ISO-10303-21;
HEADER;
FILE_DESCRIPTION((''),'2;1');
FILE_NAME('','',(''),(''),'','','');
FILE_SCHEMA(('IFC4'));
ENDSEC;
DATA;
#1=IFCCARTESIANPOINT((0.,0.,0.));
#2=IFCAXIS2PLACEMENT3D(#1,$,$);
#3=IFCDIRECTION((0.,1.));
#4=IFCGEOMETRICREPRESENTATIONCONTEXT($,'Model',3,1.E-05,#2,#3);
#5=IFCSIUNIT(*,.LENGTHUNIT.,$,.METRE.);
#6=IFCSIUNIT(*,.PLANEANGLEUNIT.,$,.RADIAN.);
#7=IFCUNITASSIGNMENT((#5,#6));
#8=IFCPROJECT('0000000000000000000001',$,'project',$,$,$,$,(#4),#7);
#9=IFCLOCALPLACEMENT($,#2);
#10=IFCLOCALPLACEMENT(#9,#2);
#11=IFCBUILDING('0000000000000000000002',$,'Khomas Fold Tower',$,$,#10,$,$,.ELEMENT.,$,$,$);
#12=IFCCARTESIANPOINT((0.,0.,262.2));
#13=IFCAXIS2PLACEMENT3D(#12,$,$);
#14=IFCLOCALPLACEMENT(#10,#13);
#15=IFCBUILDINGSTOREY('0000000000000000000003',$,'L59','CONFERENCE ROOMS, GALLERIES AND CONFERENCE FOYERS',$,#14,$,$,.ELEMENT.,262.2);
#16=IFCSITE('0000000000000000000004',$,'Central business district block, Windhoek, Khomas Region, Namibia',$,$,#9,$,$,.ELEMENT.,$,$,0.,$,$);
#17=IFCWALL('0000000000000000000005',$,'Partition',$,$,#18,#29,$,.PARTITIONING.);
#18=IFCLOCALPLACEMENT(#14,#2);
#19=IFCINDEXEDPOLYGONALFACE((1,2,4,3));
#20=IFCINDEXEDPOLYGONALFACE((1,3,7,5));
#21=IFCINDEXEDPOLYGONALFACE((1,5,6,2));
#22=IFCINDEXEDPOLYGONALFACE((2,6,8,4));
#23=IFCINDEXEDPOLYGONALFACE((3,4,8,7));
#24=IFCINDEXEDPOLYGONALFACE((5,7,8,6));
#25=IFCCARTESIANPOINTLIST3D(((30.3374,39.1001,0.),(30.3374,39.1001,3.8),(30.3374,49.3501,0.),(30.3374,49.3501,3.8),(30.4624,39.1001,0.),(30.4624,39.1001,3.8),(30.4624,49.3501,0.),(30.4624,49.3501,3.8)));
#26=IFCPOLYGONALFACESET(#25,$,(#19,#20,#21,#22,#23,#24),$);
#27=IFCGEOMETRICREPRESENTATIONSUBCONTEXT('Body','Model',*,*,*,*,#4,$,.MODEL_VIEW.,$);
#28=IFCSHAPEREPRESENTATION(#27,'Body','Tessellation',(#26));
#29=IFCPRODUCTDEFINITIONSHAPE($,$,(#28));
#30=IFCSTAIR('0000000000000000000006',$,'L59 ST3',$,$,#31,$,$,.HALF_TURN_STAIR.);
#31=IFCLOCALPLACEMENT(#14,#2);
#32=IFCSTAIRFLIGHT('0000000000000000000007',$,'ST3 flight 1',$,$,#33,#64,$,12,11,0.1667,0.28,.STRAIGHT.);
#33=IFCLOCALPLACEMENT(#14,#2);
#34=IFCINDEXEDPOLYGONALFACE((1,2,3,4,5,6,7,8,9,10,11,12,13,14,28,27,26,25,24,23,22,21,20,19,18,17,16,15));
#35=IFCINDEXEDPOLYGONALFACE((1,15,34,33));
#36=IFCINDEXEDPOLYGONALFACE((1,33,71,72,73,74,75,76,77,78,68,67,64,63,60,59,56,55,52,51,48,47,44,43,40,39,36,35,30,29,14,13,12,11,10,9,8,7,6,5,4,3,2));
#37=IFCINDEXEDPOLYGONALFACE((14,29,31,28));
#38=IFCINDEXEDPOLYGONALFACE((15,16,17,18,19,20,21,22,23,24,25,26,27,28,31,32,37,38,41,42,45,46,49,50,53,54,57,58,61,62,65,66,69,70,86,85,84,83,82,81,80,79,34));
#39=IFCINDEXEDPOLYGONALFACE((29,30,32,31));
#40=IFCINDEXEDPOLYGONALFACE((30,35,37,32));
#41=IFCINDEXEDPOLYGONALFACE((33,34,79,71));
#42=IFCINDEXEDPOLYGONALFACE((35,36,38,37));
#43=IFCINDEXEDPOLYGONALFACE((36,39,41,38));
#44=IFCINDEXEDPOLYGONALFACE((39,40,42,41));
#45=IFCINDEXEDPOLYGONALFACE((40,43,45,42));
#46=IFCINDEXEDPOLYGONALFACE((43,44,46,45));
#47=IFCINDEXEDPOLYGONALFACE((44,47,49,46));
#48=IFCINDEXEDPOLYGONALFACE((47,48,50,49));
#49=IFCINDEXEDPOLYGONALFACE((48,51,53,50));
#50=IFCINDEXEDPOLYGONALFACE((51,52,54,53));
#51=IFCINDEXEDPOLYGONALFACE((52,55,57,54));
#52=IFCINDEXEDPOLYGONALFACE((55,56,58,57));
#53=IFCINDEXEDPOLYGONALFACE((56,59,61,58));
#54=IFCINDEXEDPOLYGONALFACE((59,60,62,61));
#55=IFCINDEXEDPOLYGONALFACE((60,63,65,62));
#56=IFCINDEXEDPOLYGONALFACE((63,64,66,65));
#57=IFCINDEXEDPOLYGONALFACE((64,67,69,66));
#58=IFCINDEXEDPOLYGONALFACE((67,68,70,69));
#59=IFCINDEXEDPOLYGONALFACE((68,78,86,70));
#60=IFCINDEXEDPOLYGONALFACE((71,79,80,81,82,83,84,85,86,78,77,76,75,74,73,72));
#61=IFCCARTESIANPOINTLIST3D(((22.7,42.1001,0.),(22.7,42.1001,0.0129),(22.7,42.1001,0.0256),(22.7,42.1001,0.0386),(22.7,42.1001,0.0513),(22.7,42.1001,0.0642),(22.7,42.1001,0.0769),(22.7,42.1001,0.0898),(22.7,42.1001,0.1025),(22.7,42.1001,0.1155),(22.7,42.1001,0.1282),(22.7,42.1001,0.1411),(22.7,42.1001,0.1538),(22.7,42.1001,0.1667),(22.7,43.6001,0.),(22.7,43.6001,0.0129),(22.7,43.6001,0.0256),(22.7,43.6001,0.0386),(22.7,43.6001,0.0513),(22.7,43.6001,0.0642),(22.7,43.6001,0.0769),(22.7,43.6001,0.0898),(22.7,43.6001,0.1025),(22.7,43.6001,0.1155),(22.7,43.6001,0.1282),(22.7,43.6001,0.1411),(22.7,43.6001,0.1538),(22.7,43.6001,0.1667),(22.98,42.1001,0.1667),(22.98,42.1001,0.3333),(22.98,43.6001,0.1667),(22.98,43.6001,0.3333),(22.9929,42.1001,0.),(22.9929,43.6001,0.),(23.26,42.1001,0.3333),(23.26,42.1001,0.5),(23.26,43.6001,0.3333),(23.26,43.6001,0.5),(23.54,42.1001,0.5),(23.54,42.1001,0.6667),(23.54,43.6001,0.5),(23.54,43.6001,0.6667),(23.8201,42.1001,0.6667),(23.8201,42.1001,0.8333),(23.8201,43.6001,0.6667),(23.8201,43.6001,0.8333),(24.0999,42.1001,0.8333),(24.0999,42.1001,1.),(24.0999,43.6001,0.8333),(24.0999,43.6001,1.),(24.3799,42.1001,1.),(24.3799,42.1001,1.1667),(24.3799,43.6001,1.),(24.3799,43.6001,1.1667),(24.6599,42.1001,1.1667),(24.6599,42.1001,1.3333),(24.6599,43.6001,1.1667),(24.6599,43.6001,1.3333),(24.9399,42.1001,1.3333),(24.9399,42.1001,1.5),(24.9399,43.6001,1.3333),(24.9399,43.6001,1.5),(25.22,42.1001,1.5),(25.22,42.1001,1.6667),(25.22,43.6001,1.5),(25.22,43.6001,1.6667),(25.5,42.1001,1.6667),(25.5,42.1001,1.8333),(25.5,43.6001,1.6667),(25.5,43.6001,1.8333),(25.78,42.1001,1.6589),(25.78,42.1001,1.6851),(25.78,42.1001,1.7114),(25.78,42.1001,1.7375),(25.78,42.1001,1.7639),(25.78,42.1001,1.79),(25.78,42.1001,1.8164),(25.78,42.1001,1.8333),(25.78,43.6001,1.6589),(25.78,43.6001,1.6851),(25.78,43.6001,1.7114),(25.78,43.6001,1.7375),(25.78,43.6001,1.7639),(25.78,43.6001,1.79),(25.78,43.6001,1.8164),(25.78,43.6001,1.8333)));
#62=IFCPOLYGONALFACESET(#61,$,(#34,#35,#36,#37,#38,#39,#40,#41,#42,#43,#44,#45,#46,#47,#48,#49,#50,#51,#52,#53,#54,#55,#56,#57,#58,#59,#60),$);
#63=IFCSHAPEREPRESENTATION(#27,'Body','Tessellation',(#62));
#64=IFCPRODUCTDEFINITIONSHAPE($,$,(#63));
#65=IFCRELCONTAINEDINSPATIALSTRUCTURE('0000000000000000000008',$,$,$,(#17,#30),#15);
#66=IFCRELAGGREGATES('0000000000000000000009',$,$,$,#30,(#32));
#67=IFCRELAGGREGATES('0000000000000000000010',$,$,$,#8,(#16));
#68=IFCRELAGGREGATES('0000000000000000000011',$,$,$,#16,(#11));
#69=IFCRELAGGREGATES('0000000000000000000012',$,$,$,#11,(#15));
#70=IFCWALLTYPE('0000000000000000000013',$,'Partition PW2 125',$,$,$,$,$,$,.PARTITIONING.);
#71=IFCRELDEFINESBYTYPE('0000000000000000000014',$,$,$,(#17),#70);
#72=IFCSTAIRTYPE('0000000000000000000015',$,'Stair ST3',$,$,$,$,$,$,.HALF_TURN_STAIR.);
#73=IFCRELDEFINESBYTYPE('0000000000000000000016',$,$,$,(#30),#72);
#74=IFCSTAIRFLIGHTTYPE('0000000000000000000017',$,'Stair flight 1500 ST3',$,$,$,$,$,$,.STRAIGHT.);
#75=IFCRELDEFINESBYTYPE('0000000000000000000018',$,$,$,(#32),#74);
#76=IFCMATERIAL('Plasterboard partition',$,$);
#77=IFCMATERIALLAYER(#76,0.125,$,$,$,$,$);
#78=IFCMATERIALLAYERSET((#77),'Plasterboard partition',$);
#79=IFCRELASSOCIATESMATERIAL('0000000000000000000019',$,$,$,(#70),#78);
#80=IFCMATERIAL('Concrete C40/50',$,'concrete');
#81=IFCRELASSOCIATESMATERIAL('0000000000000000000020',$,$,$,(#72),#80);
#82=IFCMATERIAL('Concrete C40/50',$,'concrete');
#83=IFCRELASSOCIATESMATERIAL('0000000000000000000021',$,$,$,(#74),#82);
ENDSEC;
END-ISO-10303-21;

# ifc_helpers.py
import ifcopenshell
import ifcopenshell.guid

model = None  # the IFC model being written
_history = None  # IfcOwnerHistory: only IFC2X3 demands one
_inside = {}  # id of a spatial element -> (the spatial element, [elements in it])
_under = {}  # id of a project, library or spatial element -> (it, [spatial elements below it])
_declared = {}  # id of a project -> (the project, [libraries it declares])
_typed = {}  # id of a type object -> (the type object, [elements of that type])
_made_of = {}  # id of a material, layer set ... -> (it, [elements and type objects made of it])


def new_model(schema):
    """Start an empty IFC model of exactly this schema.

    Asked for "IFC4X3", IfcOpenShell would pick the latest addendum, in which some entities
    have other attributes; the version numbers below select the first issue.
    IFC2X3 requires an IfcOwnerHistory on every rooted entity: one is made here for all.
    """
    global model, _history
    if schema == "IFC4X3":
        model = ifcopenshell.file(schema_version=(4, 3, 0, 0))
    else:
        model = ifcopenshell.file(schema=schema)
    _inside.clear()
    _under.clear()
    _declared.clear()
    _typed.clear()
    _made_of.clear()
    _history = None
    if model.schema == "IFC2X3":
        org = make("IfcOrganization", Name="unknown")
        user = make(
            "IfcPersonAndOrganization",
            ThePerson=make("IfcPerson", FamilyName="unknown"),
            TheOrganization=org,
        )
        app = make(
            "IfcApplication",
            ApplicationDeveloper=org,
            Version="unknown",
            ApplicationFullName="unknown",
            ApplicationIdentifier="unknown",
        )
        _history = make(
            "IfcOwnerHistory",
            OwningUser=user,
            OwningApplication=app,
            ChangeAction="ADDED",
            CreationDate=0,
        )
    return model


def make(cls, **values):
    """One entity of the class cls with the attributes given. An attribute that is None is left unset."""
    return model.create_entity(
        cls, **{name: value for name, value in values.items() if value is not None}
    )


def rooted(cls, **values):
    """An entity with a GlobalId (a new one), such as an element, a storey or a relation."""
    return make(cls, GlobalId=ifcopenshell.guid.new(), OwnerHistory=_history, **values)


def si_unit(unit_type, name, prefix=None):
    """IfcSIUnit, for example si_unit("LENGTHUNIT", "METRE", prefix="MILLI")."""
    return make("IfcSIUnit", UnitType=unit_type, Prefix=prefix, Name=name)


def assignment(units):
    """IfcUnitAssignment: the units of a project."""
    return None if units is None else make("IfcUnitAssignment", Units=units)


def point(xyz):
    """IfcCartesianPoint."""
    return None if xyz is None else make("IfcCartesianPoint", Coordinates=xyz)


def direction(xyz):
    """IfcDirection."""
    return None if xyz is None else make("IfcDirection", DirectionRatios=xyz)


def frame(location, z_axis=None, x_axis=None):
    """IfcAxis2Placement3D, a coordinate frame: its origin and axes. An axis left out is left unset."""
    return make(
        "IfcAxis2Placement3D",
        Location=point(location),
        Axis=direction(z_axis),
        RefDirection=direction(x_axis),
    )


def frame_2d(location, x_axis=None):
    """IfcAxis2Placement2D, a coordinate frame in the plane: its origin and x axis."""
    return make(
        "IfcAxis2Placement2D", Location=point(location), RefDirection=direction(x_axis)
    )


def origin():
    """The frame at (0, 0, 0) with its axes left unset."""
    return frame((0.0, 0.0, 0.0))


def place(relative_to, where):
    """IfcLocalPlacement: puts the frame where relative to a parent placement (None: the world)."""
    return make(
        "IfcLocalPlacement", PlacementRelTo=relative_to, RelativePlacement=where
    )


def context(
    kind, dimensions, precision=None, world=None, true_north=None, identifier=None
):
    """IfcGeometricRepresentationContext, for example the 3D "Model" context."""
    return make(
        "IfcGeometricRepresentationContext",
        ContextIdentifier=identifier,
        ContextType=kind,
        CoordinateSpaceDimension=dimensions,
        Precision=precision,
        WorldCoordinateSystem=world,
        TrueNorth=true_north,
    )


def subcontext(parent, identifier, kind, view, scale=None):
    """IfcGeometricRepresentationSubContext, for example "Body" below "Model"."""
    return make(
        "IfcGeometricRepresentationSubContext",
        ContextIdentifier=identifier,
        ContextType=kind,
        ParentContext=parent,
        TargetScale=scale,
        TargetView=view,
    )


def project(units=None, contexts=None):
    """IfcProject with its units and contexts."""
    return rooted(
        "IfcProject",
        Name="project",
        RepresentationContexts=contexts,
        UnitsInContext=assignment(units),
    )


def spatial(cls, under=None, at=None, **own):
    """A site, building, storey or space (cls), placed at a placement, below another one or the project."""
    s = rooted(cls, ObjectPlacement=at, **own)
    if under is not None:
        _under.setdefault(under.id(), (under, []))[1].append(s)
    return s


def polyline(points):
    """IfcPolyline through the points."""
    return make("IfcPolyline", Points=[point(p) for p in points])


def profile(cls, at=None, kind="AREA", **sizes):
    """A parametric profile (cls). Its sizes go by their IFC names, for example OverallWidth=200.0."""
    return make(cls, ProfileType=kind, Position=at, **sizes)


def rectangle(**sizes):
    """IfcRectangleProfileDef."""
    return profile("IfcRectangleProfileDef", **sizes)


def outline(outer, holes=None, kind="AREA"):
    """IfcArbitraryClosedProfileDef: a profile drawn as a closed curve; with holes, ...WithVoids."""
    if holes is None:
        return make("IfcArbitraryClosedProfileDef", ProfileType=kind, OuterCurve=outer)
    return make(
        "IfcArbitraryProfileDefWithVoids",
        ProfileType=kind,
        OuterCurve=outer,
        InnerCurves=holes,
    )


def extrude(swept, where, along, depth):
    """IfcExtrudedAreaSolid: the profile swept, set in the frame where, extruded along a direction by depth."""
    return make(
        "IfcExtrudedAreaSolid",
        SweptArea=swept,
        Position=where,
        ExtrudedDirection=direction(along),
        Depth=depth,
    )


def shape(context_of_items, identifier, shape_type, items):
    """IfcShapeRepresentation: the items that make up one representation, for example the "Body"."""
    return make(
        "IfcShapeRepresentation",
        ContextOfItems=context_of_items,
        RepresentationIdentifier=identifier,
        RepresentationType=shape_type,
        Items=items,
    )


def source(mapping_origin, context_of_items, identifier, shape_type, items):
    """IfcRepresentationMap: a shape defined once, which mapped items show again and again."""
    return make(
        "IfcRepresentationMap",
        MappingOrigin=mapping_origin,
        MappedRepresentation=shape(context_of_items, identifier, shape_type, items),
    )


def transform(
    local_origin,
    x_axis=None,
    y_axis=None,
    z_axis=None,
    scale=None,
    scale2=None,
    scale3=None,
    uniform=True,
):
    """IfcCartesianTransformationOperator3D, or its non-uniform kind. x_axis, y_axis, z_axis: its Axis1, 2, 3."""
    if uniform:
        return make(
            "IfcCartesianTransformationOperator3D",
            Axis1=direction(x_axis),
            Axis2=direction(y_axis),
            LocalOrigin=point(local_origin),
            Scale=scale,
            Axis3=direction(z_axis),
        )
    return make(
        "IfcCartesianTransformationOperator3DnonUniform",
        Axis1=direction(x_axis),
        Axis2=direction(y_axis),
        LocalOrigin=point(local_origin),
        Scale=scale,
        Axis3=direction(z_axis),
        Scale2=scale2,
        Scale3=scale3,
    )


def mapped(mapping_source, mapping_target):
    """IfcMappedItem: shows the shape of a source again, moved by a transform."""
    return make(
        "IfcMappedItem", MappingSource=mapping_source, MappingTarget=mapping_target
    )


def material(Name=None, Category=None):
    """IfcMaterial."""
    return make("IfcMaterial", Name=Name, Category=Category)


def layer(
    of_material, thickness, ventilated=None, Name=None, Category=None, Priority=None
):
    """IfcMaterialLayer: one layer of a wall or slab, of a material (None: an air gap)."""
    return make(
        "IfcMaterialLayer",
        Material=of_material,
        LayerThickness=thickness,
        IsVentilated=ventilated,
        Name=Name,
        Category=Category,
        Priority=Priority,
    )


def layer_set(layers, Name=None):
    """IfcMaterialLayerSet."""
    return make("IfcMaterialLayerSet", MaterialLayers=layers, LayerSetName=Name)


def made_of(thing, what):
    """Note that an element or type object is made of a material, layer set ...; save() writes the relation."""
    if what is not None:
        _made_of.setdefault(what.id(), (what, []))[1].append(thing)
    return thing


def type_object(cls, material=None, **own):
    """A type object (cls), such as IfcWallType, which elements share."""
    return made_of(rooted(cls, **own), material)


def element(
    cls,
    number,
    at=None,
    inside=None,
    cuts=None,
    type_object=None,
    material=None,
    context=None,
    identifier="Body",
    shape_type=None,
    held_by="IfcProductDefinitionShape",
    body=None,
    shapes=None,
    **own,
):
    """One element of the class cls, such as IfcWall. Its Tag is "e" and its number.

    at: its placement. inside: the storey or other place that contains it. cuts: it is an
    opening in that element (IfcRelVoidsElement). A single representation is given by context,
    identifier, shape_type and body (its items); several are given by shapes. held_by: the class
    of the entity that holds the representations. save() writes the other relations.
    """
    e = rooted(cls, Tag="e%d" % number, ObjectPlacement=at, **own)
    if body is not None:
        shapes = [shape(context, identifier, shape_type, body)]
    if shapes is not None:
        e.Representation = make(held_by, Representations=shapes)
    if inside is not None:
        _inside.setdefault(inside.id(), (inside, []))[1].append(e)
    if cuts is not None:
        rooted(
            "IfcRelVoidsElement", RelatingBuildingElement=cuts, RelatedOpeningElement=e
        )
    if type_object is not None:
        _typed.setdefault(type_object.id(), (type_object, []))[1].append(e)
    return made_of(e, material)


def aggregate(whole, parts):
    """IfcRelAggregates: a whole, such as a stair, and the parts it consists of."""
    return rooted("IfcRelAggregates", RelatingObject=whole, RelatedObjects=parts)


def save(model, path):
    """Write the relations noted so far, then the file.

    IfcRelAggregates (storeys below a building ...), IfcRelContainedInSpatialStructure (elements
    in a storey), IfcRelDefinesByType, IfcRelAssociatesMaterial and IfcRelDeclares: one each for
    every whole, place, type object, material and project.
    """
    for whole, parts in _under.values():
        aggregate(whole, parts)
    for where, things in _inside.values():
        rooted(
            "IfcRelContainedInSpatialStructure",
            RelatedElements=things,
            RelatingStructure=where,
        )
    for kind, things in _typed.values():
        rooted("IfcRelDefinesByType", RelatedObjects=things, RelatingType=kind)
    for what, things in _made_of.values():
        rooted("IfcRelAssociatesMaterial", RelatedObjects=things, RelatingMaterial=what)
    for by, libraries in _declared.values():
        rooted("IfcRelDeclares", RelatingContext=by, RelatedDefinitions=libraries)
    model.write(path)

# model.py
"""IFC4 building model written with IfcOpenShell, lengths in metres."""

from ifc_helpers import new_model, si_unit, direction, frame, frame_2d, origin, place, context, subcontext, project, spatial, polyline, rectangle, outline, extrude, source, transform, mapped, material, layer, layer_set, type_object, element, aggregate, save


model = new_model("IFC4")

# Units and contexts
model_context = context("Model", 3, precision=1e-05, world=origin(), true_north=direction((0.0, 1.0)))
body_context = subcontext(model_context, "Body", "Model", "MODEL_VIEW")
ifc_project = project(units=[si_unit("LENGTHUNIT", "METRE"), si_unit("PLANEANGLEUNIT", "RADIAN")], contexts=[model_context])

# Site, building, storey
site_placement = place(None, origin())
site = spatial("IfcSite", under=ifc_project, at=site_placement, Name="Central business district block, Windhoek, Khomas Region, Namibia", CompositionType="ELEMENT", RefElevation=0.0)
building_placement = place(site_placement, origin())
building = spatial("IfcBuilding", under=site, at=building_placement, Name="Khomas Fold Tower", CompositionType="ELEMENT")
storey_placement = place(building_placement, frame((0.0, 0.0, 262.2)))
storey = spatial("IfcBuildingStorey", under=building, at=storey_placement, Name="L59", Description="CONFERENCE ROOMS, GALLERIES AND CONFERENCE FOYERS", CompositionType="ELEMENT", Elevation=262.2)

# Shared definitions
ifc_material_1 = material(Name="Plasterboard partition")
ifc_layer_1 = layer(ifc_material_1, 0.125)
ifc_layer_set_1 = layer_set([ifc_layer_1], Name="Plasterboard partition")
wall_type_1 = type_object("IfcWallType", Name="Partition PW2 125", PredefinedType="PARTITIONING", material=ifc_layer_set_1)

# Wall
shared_shape_1 = source(origin(), body_context, "Body", "SweptSolid", [
    extrude(rectangle(XDim=10.25, YDim=0.125, at=frame_2d((5.125, 0.0))), origin(), (0.0, 0.0, 1.0), 3.8),
])
wall_1_placement = place(storey_placement, frame((30.3999, 39.1001, 0.0), z_axis=(0.0, 0.0, 1.0), x_axis=(0.0, 1.0, 0.0)))
element("IfcWall", 1, at=wall_1_placement, inside=storey, type_object=wall_type_1, Name="Partition", PredefinedType="PARTITIONING", context=body_context, shape_type="MappedRepresentation", body=[
    mapped(shared_shape_1, transform((0.0, 0.0, 0.0))),
])

# Stair, stair flight
ifc_material_2 = material(Name="Concrete C40/50", Category="concrete")
stair_type = type_object("IfcStairType", Name="Stair ST3", PredefinedType="HALF_TURN_STAIR", material=ifc_material_2)
stair_placement = place(storey_placement, origin())
stair = element("IfcStair", 2, at=stair_placement, inside=storey, type_object=stair_type, Name="L59 ST3", PredefinedType="HALF_TURN_STAIR")
ifc_material_3 = material(Name="Concrete C40/50", Category="concrete")
stair_flight_type = type_object("IfcStairFlightType", Name="Stair flight 1500 ST3", PredefinedType="STRAIGHT", material=ifc_material_3)
shared_shape_2 = source(origin(), body_context, "Body", "SweptSolid", [
    extrude(outline(polyline([(0.0, 0.0), (0.0, 0.0129), (0.0, 0.0256), (0.0, 0.0386), (0.0, 0.0513), (0.0, 0.0642), (0.0, 0.0769), (0.0, 0.0898), (0.0, 0.1025), (0.0, 0.1155), (0.0, 0.1282), (0.0, 0.1411), (0.0, 0.1538), (0.0, 0.1667), (0.28, 0.1667), (0.28, 0.3333), (0.5601, 0.3333), (0.5601, 0.5), (0.8401, 0.5), (0.8401, 0.6667), (1.1201, 0.6667), (1.1201, 0.8333), (1.3999, 0.8333), (1.3999, 1.0), (1.6799, 1.0), (1.6799, 1.1667), (1.96, 1.1667), (1.96, 1.3333), (2.24, 1.3333), (2.24, 1.5), (2.52, 1.5), (2.52, 1.6667), (2.8, 1.6667), (2.8, 1.8333), (3.0801, 1.8333), (3.0801, 2.0), (3.0801, 1.9739), (3.0801, 1.9475), (3.0801, 1.9214), (3.0801, 1.895), (3.0801, 1.8689), (3.0801, 1.8425), (3.0801, 1.8164), (3.0801, 1.79), (3.0801, 1.7639), (3.0801, 1.7375), (3.0801, 1.7114), (3.0801, 1.6851), (3.0801, 1.6589), (0.293, 0.0), (0.0, 0.0)])), frame((0.0, 0.75, 0.0), z_axis=(0.0, -1.0, 0.0), x_axis=(1.0, 0.0, 0.0)), (0.0, 0.0, 1.0), 1.5),
])
stair_flight_placement = place(storey_placement, frame((22.7, 42.8501, 0.0), z_axis=(0.0, 0.0, 1.0), x_axis=(1.0, 0.0, 0.0)))
stair_flight = element("IfcStairFlight", 3, at=stair_flight_placement, type_object=stair_flight_type, Name="ST3 flight 1", NumberOfRisers=12, NumberOfTreads=11, PredefinedType="STRAIGHT", RiserHeight=0.1667, TreadLength=0.28, context=body_context, shape_type="MappedRepresentation", body=[
    mapped(shared_shape_2, transform((0.0, 0.0, 0.0))),
])
aggregate(stair, [stair_flight])

save(model, "model.ifc")
